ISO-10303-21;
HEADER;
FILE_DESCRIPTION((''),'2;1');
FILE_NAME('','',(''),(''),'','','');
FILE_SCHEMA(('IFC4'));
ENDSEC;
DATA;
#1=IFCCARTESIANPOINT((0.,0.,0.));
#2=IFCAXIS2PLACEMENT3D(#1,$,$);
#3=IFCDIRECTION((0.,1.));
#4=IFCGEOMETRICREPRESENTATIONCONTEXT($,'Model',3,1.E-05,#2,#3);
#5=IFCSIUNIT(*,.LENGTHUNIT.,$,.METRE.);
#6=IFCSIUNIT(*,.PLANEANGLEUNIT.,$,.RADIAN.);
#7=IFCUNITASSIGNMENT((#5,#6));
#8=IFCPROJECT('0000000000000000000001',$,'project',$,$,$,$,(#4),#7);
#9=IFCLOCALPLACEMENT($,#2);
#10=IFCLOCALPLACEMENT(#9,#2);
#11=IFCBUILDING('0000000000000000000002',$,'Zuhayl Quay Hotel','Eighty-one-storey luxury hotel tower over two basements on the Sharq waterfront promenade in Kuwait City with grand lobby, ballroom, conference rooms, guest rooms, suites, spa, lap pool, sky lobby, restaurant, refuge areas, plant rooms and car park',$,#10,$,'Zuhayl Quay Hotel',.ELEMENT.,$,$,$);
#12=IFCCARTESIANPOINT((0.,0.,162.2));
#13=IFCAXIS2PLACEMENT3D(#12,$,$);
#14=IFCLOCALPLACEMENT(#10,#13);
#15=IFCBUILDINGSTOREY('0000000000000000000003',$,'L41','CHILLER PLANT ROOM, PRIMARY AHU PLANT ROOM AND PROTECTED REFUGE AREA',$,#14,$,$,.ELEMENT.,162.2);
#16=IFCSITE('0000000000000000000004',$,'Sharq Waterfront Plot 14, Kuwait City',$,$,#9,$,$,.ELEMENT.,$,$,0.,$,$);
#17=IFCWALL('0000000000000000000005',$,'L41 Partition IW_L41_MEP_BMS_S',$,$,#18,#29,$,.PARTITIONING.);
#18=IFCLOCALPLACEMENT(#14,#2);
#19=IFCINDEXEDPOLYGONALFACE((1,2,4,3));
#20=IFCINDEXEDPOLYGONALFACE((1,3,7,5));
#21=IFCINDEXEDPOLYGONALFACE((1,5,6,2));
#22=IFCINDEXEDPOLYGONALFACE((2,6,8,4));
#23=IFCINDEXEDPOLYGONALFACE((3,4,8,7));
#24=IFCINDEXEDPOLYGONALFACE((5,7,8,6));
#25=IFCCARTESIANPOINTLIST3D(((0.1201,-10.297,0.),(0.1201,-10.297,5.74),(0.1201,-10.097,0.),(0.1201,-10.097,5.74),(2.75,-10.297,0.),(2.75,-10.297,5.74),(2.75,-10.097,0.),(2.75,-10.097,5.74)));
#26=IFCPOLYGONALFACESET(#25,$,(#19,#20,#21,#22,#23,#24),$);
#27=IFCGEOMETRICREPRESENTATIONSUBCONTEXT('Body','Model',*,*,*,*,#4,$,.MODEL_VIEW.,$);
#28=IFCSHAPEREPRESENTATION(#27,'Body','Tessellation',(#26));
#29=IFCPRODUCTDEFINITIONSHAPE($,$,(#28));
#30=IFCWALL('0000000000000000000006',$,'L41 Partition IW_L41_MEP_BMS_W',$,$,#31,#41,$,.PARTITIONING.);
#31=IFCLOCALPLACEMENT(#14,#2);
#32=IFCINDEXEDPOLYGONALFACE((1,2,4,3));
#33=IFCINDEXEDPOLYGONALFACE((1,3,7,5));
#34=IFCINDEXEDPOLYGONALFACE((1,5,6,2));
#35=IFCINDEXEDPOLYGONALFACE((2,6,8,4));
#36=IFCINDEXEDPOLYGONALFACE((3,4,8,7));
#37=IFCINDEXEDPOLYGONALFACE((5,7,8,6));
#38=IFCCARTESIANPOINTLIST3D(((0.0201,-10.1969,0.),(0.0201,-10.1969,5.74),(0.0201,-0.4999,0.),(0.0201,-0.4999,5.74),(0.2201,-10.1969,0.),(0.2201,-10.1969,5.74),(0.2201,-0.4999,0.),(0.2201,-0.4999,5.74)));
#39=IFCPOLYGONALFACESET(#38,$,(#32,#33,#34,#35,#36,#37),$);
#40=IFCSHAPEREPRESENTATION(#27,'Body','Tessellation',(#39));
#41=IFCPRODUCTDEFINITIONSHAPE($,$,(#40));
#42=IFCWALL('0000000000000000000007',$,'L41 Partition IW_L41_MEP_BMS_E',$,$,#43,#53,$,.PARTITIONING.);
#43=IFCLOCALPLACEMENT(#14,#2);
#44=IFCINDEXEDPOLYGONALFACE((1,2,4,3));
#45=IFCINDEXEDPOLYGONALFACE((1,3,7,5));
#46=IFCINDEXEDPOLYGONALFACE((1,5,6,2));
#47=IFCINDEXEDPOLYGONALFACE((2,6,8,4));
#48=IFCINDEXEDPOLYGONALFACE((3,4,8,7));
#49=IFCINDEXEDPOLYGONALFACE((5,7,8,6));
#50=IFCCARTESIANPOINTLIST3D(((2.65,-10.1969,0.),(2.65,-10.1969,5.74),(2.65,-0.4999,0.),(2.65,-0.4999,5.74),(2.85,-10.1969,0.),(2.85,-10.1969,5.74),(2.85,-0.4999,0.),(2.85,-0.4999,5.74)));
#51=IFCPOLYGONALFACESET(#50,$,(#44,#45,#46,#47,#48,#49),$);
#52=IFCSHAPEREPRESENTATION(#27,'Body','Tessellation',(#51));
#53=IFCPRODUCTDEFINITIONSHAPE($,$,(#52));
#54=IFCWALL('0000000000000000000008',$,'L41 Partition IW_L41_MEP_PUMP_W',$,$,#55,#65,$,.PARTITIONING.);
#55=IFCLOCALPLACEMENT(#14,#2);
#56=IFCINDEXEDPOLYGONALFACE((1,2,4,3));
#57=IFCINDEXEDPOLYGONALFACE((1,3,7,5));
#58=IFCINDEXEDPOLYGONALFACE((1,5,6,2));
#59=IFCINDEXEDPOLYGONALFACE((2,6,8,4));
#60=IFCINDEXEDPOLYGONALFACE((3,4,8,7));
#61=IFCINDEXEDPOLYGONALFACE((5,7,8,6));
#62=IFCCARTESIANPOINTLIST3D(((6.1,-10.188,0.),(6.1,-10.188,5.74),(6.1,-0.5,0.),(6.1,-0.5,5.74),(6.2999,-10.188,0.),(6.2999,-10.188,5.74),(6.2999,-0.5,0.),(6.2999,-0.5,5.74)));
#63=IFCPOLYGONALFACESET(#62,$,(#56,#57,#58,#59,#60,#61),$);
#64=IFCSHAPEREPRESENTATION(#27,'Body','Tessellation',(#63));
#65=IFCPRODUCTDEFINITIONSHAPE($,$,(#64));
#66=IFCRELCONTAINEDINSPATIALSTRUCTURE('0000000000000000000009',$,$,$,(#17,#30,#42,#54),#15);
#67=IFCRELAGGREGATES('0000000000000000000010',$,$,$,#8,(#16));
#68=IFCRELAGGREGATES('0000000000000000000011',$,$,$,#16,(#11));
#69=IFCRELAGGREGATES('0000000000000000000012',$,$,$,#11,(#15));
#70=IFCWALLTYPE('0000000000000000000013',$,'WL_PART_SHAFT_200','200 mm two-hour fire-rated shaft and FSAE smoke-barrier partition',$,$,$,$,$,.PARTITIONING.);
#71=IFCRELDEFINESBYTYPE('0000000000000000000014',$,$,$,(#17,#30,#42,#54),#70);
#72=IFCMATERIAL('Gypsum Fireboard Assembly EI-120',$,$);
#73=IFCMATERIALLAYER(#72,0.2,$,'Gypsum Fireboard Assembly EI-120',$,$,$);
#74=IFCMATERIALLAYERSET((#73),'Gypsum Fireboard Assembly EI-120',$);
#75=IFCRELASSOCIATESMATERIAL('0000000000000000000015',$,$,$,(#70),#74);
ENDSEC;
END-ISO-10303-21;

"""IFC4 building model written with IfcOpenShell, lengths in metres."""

from ifc_helpers import new_model, si_unit, direction, frame, frame_2d, origin, place, context, subcontext, project, spatial, rectangle, extrude, material, layer, layer_set, type_object, element, save


model = new_model("IFC4")

# Units and contexts
model_context = context("Model", 3, precision=1e-05, world=origin(), true_north=direction((0.0, 1.0)))
body_context = subcontext(model_context, "Body", "Model", "MODEL_VIEW")
ifc_project = project(units=[si_unit("LENGTHUNIT", "METRE"), si_unit("PLANEANGLEUNIT", "RADIAN")], contexts=[model_context])

# Site, building, storey
site_placement = place(None, origin())
site = spatial("IfcSite", under=ifc_project, at=site_placement, Name="Sharq Waterfront Plot 14, Kuwait City", CompositionType="ELEMENT", RefElevation=0.0)
building_placement = place(site_placement, origin())
building = spatial("IfcBuilding", under=site, at=building_placement, Name="Zuhayl Quay Hotel", Description="Eighty-one-storey luxury hotel tower over two basements on the Sharq waterfront promenade in Kuwait City with grand lobby, ballroom, conference rooms, guest rooms, suites, spa, lap pool, sky lobby, restaurant, refuge areas, plant rooms and car park", LongName="Zuhayl Quay Hotel", CompositionType="ELEMENT")
storey_placement = place(building_placement, frame((0.0, 0.0, 162.2)))
storey = spatial("IfcBuildingStorey", under=building, at=storey_placement, Name="L41", Description="CHILLER PLANT ROOM, PRIMARY AHU PLANT ROOM AND PROTECTED REFUGE AREA", CompositionType="ELEMENT", Elevation=162.2)

# Walls
ifc_material_1 = material(Name="Gypsum Fireboard Assembly EI-120")
ifc_layer_1 = layer(ifc_material_1, 0.2, Name="Gypsum Fireboard Assembly EI-120")
ifc_layer_set_1 = layer_set([ifc_layer_1], Name="Gypsum Fireboard Assembly EI-120")
wall_type = type_object("IfcWallType", Name="WL_PART_SHAFT_200", Description="200 mm two-hour fire-rated shaft and FSAE smoke-barrier partition", PredefinedType="PARTITIONING", material=ifc_layer_set_1)
wall_1_placement = place(storey_placement, frame((0.1201, -10.197, 0.0), z_axis=(0.0, 0.0, 1.0), x_axis=(1.0, 0.0, 0.0)))
element("IfcWall", 1, at=wall_1_placement, inside=storey, type_object=wall_type, Name="L41 Partition IW_L41_MEP_BMS_S", PredefinedType="PARTITIONING", context=body_context, shape_type="SweptSolid", body=[
    extrude(rectangle(XDim=2.6299, YDim=0.2, at=frame_2d((1.3149, 0.0))), origin(), (0.0, 0.0, 1.0), 5.74),
])
for number, where, z_axis, x_axis, name in (
    (2, (0.1201, -10.197, 0.0), (0.0, 0.0, 1.0), (0.0, 1.0, 0.0), "L41 Partition IW_L41_MEP_BMS_W"),
    (3, (2.75, -10.197, 0.0), (0.0, 0.0, 1.0), (0.0, 1.0, 0.0), "L41 Partition IW_L41_MEP_BMS_E"),
):
    element("IfcWall", number, at=place(storey_placement, frame(where, z_axis=z_axis, x_axis=x_axis)), inside=storey, type_object=wall_type, Name=name, PredefinedType="PARTITIONING", context=body_context, shape_type="SweptSolid", body=[
        extrude(rectangle(XDim=9.697, YDim=0.2, at=frame_2d((4.8486, 0.0))), origin(), (0.0, 0.0, 1.0), 5.74),
    ])
wall_2_placement = place(storey_placement, frame((6.2, -10.188, 0.0), z_axis=(0.0, 0.0, 1.0), x_axis=(0.0, 1.0, 0.0)))
element("IfcWall", 4, at=wall_2_placement, inside=storey, type_object=wall_type, Name="L41 Partition IW_L41_MEP_PUMP_W", PredefinedType="PARTITIONING", context=body_context, shape_type="SweptSolid", body=[
    extrude(rectangle(XDim=9.688, YDim=0.2, at=frame_2d((4.844, 0.0))), origin(), (0.0, 0.0, 1.0), 5.74),
])

save(model, "model.ifc")
